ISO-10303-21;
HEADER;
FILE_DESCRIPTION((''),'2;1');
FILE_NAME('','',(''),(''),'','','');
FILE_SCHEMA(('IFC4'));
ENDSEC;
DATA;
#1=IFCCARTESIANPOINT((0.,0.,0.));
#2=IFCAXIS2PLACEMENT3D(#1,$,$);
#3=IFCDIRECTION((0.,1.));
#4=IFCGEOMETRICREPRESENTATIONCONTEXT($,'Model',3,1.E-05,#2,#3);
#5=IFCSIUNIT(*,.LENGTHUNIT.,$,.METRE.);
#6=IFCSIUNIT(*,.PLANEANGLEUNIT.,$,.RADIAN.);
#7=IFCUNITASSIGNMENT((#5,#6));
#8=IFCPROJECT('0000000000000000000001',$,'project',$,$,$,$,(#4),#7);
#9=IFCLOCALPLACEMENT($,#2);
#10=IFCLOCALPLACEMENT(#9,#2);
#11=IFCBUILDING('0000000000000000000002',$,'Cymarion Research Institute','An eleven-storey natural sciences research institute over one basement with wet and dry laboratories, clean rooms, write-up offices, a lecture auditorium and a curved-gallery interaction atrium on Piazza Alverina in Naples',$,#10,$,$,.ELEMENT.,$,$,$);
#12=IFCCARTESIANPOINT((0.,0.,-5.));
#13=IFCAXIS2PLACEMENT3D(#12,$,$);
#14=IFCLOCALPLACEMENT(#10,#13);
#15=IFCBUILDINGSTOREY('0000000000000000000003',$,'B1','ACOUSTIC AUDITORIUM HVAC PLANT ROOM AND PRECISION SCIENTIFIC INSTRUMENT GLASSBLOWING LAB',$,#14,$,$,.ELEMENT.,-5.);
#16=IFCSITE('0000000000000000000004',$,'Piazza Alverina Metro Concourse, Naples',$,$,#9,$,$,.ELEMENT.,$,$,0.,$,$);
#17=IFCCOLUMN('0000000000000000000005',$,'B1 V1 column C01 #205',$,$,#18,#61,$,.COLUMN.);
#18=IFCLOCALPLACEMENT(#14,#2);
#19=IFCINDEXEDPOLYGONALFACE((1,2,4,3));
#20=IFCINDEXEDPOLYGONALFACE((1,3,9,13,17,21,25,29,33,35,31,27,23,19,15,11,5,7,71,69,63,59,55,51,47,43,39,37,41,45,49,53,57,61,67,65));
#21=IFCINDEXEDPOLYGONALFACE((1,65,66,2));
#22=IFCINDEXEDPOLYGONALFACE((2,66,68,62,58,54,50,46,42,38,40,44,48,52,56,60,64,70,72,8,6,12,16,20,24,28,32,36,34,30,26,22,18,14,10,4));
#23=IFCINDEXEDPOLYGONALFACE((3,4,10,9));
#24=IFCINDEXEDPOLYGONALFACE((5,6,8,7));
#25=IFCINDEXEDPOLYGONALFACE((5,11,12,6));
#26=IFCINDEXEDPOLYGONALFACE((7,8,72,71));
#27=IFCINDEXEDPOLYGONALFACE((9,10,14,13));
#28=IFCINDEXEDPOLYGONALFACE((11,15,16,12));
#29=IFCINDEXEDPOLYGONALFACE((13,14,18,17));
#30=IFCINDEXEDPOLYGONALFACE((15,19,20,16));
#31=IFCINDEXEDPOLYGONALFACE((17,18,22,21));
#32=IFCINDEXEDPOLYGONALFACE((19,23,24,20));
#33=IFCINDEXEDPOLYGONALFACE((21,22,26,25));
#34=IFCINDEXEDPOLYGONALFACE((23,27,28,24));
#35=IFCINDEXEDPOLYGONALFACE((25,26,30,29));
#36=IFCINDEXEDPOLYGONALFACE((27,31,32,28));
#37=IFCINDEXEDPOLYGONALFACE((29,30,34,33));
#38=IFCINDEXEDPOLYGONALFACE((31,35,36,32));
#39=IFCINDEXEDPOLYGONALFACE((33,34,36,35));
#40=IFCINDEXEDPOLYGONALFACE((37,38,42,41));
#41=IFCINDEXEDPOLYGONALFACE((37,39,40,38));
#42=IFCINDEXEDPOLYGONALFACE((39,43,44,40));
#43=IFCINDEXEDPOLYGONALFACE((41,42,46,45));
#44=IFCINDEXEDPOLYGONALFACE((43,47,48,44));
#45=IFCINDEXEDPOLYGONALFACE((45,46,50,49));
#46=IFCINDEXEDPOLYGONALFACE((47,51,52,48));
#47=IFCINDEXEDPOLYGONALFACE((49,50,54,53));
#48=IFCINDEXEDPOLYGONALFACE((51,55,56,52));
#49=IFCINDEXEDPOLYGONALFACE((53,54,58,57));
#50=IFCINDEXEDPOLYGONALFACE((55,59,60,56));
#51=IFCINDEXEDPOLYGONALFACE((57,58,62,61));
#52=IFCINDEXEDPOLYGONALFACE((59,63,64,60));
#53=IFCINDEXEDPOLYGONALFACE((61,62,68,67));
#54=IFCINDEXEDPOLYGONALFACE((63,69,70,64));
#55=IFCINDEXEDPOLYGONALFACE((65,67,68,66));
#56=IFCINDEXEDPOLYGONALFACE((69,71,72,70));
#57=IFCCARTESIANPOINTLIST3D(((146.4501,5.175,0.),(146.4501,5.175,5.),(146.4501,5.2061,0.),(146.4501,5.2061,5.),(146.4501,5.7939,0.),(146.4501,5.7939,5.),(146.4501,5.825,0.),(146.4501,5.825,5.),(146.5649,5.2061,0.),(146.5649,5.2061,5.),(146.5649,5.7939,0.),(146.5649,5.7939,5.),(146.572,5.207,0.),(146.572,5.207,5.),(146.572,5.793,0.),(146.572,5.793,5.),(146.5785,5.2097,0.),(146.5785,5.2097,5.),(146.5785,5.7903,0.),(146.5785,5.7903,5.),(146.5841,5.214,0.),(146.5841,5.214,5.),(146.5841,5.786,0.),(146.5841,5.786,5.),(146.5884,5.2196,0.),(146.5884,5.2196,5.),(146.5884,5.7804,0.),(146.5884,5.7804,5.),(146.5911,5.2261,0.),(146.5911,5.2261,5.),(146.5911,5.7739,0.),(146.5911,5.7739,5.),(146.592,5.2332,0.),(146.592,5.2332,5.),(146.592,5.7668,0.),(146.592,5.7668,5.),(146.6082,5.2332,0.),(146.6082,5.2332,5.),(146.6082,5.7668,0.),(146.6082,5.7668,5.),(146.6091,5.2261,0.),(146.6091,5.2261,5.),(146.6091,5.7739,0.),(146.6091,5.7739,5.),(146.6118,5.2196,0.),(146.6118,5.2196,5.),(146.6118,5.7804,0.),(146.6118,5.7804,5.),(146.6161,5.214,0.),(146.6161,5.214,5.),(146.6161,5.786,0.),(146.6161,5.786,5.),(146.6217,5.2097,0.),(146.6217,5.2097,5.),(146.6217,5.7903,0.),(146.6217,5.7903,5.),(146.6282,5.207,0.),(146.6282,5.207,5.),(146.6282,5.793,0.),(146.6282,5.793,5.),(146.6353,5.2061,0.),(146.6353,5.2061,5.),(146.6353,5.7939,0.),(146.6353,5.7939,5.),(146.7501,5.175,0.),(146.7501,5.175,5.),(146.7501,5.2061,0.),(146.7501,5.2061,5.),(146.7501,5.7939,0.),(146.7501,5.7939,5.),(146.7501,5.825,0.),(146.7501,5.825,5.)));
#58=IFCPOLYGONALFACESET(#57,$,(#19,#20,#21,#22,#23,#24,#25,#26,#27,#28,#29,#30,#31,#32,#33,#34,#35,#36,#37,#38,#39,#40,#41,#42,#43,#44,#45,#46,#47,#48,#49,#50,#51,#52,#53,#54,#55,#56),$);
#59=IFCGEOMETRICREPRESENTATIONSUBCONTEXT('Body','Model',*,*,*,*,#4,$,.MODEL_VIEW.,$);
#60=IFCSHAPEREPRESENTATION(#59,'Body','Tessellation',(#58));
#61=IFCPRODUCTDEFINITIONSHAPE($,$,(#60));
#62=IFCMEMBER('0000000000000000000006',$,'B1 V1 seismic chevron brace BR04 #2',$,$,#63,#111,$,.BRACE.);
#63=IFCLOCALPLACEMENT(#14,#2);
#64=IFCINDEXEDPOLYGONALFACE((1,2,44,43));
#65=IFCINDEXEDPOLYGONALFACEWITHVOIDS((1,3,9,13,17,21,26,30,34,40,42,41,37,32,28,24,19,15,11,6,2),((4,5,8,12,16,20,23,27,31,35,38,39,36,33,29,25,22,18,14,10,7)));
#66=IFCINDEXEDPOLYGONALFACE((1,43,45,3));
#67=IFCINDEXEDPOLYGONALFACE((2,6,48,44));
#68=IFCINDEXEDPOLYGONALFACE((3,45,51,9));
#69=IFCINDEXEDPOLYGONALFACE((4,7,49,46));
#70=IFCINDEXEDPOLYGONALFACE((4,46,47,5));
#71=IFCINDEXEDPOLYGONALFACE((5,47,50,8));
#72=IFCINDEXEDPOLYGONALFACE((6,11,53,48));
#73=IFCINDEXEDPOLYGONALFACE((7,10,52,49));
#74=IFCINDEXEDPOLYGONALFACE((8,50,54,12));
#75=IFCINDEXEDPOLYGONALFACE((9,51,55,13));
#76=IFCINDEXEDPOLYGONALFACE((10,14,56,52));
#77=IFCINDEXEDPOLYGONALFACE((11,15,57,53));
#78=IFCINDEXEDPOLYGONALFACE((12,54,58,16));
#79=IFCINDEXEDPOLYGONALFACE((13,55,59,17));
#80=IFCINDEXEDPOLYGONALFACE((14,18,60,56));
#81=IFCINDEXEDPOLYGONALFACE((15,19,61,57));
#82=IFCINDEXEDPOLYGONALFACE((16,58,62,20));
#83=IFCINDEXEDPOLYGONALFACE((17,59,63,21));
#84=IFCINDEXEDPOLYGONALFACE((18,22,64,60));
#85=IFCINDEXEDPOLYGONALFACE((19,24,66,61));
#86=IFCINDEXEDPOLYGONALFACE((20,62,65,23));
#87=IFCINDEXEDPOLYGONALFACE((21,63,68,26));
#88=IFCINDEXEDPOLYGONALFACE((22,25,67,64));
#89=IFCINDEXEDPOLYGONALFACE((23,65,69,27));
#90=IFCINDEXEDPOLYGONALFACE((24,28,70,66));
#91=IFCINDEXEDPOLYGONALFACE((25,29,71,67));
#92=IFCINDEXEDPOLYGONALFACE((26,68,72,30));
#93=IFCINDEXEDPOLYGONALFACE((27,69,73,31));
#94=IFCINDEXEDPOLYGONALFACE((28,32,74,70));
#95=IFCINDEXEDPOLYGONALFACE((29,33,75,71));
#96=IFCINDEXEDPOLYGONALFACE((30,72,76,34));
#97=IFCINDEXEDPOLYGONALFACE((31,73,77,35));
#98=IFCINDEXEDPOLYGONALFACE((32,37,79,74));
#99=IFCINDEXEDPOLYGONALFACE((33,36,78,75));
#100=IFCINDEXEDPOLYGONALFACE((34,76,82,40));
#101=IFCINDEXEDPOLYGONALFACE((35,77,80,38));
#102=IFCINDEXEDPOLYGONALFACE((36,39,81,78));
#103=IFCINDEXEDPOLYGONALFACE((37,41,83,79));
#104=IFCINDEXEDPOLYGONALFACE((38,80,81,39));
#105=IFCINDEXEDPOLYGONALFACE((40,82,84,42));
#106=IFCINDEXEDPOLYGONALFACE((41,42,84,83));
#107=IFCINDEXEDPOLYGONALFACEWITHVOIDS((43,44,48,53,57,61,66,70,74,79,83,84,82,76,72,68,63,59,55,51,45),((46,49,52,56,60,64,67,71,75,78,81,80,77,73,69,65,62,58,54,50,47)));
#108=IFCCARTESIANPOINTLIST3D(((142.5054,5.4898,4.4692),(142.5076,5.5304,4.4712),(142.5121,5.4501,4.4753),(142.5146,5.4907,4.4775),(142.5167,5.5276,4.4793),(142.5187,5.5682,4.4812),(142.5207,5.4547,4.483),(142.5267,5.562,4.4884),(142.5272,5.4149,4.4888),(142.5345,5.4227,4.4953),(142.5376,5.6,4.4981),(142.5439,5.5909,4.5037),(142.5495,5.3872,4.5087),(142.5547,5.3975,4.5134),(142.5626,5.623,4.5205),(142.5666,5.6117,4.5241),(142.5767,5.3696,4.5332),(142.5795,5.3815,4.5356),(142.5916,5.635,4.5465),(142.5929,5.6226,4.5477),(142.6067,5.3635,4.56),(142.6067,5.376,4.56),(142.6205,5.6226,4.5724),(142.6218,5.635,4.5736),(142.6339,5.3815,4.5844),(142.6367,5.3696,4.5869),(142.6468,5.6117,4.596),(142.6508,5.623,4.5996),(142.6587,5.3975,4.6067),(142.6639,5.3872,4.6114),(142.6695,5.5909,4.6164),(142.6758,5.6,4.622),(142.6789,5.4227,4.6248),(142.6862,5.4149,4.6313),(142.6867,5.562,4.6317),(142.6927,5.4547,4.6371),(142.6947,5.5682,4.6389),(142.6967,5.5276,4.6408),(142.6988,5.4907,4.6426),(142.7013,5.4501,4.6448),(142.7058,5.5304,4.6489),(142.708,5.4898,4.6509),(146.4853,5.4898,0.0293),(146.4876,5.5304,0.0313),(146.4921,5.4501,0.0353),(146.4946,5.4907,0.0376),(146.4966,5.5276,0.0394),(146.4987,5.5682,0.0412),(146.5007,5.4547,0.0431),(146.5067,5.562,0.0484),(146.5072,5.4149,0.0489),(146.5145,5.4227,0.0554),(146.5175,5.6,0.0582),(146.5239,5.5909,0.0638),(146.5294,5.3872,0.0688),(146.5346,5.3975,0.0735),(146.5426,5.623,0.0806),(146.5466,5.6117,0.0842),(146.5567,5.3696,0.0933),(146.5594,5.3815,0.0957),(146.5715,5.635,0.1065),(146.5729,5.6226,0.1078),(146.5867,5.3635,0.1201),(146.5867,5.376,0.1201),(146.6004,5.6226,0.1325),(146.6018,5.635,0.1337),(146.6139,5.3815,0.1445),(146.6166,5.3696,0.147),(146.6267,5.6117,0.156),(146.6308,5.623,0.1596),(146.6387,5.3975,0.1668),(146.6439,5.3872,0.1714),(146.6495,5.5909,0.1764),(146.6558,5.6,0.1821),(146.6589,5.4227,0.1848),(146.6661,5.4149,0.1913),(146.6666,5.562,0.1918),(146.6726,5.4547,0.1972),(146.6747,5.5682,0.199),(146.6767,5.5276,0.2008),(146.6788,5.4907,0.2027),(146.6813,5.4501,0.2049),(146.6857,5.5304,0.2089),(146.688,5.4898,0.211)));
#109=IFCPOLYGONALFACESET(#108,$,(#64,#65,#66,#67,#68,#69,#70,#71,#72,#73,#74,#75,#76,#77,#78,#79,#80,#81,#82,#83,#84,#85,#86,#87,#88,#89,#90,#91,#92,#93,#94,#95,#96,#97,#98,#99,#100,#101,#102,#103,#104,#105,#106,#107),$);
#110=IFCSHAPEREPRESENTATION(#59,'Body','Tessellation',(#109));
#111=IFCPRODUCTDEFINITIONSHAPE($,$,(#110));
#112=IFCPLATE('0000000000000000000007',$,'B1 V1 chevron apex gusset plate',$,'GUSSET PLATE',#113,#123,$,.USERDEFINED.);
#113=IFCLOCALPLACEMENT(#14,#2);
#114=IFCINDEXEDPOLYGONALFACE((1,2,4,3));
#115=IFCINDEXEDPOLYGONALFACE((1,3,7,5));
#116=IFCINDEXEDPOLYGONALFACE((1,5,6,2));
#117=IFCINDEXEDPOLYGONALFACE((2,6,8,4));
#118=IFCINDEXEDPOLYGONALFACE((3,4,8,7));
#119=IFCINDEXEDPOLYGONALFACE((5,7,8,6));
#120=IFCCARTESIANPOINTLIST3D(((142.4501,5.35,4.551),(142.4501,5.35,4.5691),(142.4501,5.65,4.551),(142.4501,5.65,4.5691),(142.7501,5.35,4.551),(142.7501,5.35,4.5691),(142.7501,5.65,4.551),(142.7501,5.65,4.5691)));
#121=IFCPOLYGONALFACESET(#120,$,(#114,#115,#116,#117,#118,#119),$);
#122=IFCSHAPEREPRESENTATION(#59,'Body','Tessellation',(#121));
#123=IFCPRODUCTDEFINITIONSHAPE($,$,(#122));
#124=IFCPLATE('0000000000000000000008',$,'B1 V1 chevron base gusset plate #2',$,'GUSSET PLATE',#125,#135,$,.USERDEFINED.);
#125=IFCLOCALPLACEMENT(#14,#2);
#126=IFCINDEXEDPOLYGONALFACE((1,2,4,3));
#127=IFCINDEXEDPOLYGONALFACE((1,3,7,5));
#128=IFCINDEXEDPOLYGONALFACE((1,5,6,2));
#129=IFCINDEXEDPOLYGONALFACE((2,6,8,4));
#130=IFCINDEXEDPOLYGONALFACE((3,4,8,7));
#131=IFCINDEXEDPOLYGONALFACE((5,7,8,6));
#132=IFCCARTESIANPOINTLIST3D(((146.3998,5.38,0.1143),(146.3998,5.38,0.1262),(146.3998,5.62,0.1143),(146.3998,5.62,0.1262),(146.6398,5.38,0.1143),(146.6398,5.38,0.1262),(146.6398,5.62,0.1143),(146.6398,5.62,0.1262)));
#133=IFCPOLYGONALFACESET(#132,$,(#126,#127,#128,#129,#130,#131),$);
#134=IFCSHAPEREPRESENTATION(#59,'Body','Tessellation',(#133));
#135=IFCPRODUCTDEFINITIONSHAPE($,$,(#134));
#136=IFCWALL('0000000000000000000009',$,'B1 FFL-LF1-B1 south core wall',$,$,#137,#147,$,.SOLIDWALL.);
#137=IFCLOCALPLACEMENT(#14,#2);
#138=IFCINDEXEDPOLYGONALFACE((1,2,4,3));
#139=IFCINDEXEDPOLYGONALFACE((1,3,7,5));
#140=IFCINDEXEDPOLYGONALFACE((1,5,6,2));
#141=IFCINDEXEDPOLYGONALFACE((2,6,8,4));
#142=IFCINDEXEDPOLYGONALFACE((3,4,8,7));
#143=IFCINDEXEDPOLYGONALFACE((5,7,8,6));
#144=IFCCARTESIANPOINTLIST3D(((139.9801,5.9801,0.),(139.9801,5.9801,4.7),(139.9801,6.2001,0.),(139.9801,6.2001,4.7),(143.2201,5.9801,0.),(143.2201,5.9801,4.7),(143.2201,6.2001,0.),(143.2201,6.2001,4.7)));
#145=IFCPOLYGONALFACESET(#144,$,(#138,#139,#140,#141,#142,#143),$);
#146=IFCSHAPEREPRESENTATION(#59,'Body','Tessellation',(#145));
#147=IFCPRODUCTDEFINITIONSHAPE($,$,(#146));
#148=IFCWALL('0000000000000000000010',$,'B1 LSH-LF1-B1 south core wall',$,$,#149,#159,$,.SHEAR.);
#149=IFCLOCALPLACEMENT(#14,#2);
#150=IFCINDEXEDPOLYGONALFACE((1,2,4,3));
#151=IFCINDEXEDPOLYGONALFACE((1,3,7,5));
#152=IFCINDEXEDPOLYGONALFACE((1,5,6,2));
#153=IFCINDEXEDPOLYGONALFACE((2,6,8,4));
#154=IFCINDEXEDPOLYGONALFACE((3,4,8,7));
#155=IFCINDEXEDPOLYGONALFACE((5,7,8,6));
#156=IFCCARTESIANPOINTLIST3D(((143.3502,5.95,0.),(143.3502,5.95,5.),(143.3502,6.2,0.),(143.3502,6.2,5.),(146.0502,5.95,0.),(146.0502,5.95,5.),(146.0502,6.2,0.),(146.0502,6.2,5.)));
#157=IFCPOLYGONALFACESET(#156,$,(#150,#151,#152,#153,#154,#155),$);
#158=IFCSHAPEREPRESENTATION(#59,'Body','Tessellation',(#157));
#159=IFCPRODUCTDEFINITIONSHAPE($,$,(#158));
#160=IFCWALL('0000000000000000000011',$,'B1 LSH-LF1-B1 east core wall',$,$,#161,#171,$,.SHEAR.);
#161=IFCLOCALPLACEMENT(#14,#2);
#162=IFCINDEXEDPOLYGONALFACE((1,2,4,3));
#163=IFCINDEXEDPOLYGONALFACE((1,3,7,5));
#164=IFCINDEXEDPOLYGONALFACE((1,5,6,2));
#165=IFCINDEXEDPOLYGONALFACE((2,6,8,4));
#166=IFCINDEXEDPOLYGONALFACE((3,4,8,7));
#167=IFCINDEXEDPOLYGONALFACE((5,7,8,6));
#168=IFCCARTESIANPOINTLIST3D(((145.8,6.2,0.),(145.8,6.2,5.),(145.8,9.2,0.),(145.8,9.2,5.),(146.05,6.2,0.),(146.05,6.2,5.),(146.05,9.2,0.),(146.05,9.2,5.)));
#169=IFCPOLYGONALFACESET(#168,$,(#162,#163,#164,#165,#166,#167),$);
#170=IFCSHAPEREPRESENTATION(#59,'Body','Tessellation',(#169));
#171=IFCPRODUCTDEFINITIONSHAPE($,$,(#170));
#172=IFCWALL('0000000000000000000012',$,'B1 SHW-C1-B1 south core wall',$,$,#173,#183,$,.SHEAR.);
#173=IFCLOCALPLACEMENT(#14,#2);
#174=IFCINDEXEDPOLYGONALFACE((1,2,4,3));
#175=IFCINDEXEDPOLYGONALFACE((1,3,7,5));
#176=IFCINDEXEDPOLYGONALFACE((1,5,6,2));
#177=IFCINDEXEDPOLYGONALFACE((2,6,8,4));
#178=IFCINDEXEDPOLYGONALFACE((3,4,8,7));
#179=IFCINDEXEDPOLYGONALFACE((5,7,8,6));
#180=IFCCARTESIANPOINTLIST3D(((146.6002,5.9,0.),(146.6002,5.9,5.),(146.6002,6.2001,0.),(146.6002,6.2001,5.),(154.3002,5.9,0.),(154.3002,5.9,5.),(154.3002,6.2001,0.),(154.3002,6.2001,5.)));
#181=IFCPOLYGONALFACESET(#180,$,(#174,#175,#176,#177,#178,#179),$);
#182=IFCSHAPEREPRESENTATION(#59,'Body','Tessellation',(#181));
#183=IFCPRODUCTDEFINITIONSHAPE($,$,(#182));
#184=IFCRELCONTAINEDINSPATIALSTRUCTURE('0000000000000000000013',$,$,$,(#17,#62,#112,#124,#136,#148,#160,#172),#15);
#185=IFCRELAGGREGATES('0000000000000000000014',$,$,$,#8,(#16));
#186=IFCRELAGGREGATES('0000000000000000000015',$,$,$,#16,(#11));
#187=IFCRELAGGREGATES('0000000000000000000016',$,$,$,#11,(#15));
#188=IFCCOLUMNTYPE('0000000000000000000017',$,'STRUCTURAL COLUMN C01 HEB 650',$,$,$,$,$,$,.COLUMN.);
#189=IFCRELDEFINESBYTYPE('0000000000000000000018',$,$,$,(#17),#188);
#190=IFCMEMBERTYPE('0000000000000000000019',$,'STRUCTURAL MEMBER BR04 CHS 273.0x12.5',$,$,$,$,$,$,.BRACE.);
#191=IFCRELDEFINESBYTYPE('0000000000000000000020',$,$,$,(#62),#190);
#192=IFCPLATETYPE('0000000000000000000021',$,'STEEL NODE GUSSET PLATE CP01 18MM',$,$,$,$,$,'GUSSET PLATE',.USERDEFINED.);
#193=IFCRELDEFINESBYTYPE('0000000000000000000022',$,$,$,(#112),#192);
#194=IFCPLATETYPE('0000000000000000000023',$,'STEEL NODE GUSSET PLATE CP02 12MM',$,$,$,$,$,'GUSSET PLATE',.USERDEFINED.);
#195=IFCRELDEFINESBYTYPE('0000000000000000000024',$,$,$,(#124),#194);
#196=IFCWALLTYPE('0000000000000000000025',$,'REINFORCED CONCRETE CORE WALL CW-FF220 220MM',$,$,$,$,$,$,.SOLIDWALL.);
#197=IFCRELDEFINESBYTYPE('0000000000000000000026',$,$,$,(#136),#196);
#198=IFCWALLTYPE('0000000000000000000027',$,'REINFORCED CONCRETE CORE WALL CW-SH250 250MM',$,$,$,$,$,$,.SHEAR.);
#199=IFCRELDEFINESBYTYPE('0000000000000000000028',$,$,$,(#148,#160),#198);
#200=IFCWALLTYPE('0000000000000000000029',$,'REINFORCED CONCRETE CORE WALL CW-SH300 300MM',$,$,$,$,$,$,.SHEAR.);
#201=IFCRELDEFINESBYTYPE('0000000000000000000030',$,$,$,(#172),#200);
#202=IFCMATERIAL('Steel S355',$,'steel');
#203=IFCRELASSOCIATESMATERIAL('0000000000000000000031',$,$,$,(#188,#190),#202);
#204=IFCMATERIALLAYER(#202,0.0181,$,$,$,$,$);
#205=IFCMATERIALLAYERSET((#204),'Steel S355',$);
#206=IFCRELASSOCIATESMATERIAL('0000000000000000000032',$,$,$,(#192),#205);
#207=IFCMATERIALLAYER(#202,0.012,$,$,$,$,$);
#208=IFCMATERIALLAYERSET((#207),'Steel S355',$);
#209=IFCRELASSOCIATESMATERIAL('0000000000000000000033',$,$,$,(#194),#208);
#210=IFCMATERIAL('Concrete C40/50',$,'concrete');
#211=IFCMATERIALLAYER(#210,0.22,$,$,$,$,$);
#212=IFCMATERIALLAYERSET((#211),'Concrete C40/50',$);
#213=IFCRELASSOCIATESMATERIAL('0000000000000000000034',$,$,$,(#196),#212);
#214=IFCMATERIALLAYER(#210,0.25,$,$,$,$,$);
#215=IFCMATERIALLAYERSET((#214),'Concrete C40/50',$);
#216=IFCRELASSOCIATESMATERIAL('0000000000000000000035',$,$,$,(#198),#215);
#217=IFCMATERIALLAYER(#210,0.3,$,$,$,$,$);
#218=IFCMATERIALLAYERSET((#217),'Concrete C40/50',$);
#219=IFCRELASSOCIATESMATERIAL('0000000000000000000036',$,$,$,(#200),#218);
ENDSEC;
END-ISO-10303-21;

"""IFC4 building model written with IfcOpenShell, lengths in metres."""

from ifc_helpers import new_model, si_unit, direction, frame, frame_2d, origin, origin_2d, place, context, subcontext, project, spatial, rectangle, hollow_circle, i_section, extrude, material, layer, layer_set, material_profile, profile_set, type_object, element, save


model = new_model("IFC4")

# Units and contexts
model_context = context("Model", 3, precision=1e-05, world=origin(), true_north=direction((0.0, 1.0)))
body_context = subcontext(model_context, "Body", "Model", "MODEL_VIEW")
ifc_project = project(units=[si_unit("LENGTHUNIT", "METRE"), si_unit("PLANEANGLEUNIT", "RADIAN")], contexts=[model_context])

# Site, building, storey
site_placement = place(None, origin())
site = spatial("IfcSite", under=ifc_project, at=site_placement, Name="Piazza Alverina Metro Concourse, Naples", CompositionType="ELEMENT", RefElevation=0.0)
building_placement = place(site_placement, origin())
building = spatial("IfcBuilding", under=site, at=building_placement, Name="Cymarion Research Institute", Description="An eleven-storey natural sciences research institute over one basement with wet and dry laboratories, clean rooms, write-up offices, a lecture auditorium and a curved-gallery interaction atrium on Piazza Alverina in Naples", CompositionType="ELEMENT")
storey_placement = place(building_placement, frame((0.0, 0.0, -5.0)))
storey = spatial("IfcBuildingStorey", under=building, at=storey_placement, Name="B1", Description="ACOUSTIC AUDITORIUM HVAC PLANT ROOM AND PRECISION SCIENTIFIC INSTRUMENT GLASSBLOWING LAB", CompositionType="ELEMENT", Elevation=-5.0)

# Column
ifc_material_1 = material(Name="Steel S355", Category="steel")
ifc_material_profile_1 = material_profile(ifc_material_1, i_section(OverallWidth=0.3, OverallDepth=0.6499, WebThickness=0.0161, FlangeThickness=0.031, FilletRadius=0.0271, at=origin_2d()), Name="HEB 650")
ifc_profile_set_1 = profile_set([ifc_material_profile_1], Name="Steel S355")
column_type = type_object("IfcColumnType", Name="STRUCTURAL COLUMN C01 HEB 650", PredefinedType="COLUMN", material=ifc_profile_set_1)
column_placement = place(storey_placement, frame((146.6001, 5.5, 0.0), z_axis=(0.0, 0.0, 1.0), x_axis=(1.0, 0.0, 0.0)))
element("IfcColumn", 1, at=column_placement, inside=storey, type_object=column_type, Name="B1 V1 column C01 #205", PredefinedType="COLUMN", context=body_context, shape_type="SweptSolid", body=[
    extrude(i_section(OverallWidth=0.3, OverallDepth=0.6499, WebThickness=0.0161, FlangeThickness=0.031, FilletRadius=0.0271, at=origin_2d()), origin(), (0.0, 0.0, 1.0), 5.0),
])

# Member
ifc_material_profile_2 = material_profile(ifc_material_1, hollow_circle(Radius=0.1365, WallThickness=0.0125, at=origin_2d()), Name="CHS 273.0x12.5")
ifc_profile_set_2 = profile_set([ifc_material_profile_2], Name="Steel S355")
member_type = type_object("IfcMemberType", Name="STRUCTURAL MEMBER BR04 CHS 273.0x12.5", PredefinedType="BRACE", material=ifc_profile_set_2)
member_placement = place(storey_placement, frame((146.5867, 5.5, 0.1201), z_axis=(-0.667484, 0.0, 0.744624), x_axis=(0.0, -1.0, 0.0)))
element("IfcMember", 2, at=member_placement, inside=storey, type_object=member_type, Name="B1 V1 seismic chevron brace BR04 #2", PredefinedType="BRACE", context=body_context, shape_type="SweptSolid", body=[
    extrude(hollow_circle(Radius=0.1365, WallThickness=0.0125, at=origin_2d()), origin(), (0.0, 0.0, 1.0), 5.9626),
])

# Plates
ifc_layer_1 = layer(ifc_material_1, 0.0181)
ifc_layer_set_1 = layer_set([ifc_layer_1], Name="Steel S355")
plate_type_1 = type_object("IfcPlateType", Name="STEEL NODE GUSSET PLATE CP01 18MM", ElementType="GUSSET PLATE", PredefinedType="USERDEFINED", material=ifc_layer_set_1)
plate_1_placement = place(storey_placement, frame((142.6001, 5.5, 4.551), z_axis=(0.0, 0.0, 1.0), x_axis=(1.0, 0.0, 0.0)))
element("IfcPlate", 3, at=plate_1_placement, inside=storey, type_object=plate_type_1, Name="B1 V1 chevron apex gusset plate", ObjectType="GUSSET PLATE", PredefinedType="USERDEFINED", context=body_context, shape_type="SweptSolid", body=[
    extrude(rectangle(XDim=0.3, YDim=0.3, at=origin_2d()), origin(), (0.0, 0.0, 1.0), 0.0181),
])
ifc_layer_2 = layer(ifc_material_1, 0.012)
ifc_layer_set_2 = layer_set([ifc_layer_2], Name="Steel S355")
plate_type_2 = type_object("IfcPlateType", Name="STEEL NODE GUSSET PLATE CP02 12MM", ElementType="GUSSET PLATE", PredefinedType="USERDEFINED", material=ifc_layer_set_2)
plate_2_placement = place(storey_placement, frame((146.5198, 5.5, 0.1143), z_axis=(0.0, 0.0, 1.0), x_axis=(1.0, 0.0, 0.0)))
element("IfcPlate", 4, at=plate_2_placement, inside=storey, type_object=plate_type_2, Name="B1 V1 chevron base gusset plate #2", ObjectType="GUSSET PLATE", PredefinedType="USERDEFINED", context=body_context, shape_type="SweptSolid", body=[
    extrude(rectangle(XDim=0.24, YDim=0.24, at=origin_2d()), origin(), (0.0, 0.0, 1.0), 0.012),
])

# Walls
ifc_material_2 = material(Name="Concrete C40/50", Category="concrete")
ifc_layer_3 = layer(ifc_material_2, 0.22)
ifc_layer_set_3 = layer_set([ifc_layer_3], Name="Concrete C40/50")
wall_type_1 = type_object("IfcWallType", Name="REINFORCED CONCRETE CORE WALL CW-FF220 220MM", PredefinedType="SOLIDWALL", material=ifc_layer_set_3)
wall_1_placement = place(storey_placement, frame((139.98, 6.0901, 0.0), z_axis=(0.0, 0.0, 1.0), x_axis=(1.0, 0.0, 0.0)))
element("IfcWall", 5, at=wall_1_placement, inside=storey, type_object=wall_type_1, Name="B1 FFL-LF1-B1 south core wall", PredefinedType="SOLIDWALL", context=body_context, shape_type="SweptSolid", body=[
    extrude(rectangle(XDim=3.24, YDim=0.22, at=frame_2d((1.6201, 0.0))), origin(), (0.0, 0.0, 1.0), 4.7),
])
ifc_layer_4 = layer(ifc_material_2, 0.25)
ifc_layer_set_4 = layer_set([ifc_layer_4], Name="Concrete C40/50")
wall_type_2 = type_object("IfcWallType", Name="REINFORCED CONCRETE CORE WALL CW-SH250 250MM", PredefinedType="SHEAR", material=ifc_layer_set_4)
wall_2_placement = place(storey_placement, frame((143.3501, 6.075, 0.0), z_axis=(0.0, 0.0, 1.0), x_axis=(1.0, 0.0, 0.0)))
element("IfcWall", 6, at=wall_2_placement, inside=storey, type_object=wall_type_2, Name="B1 LSH-LF1-B1 south core wall", PredefinedType="SHEAR", context=body_context, shape_type="SweptSolid", body=[
    extrude(rectangle(XDim=2.7, YDim=0.25, at=frame_2d((1.3501, 0.0))), origin(), (0.0, 0.0, 1.0), 5.0),
])
wall_3_placement = place(storey_placement, frame((145.925, 6.2, 0.0), z_axis=(0.0, 0.0, 1.0), x_axis=(0.0, 1.0, 0.0)))
element("IfcWall", 7, at=wall_3_placement, inside=storey, type_object=wall_type_2, Name="B1 LSH-LF1-B1 east core wall", PredefinedType="SHEAR", context=body_context, shape_type="SweptSolid", body=[
    extrude(rectangle(XDim=3.0, YDim=0.25, at=frame_2d((1.5, 0.0))), origin(), (0.0, 0.0, 1.0), 5.0),
])
ifc_layer_5 = layer(ifc_material_2, 0.3)
ifc_layer_set_5 = layer_set([ifc_layer_5], Name="Concrete C40/50")
wall_type_3 = type_object("IfcWallType", Name="REINFORCED CONCRETE CORE WALL CW-SH300 300MM", PredefinedType="SHEAR", material=ifc_layer_set_5)
wall_4_placement = place(storey_placement, frame((146.6001, 6.05, 0.0), z_axis=(0.0, 0.0, 1.0), x_axis=(1.0, 0.0, 0.0)))
element("IfcWall", 8, at=wall_4_placement, inside=storey, type_object=wall_type_3, Name="B1 SHW-C1-B1 south core wall", PredefinedType="SHEAR", context=body_context, shape_type="SweptSolid", body=[
    extrude(rectangle(XDim=7.7, YDim=0.3, at=frame_2d((3.8501, 0.0))), origin(), (0.0, 0.0, 1.0), 5.0),
])

save(model, "model.ifc")
